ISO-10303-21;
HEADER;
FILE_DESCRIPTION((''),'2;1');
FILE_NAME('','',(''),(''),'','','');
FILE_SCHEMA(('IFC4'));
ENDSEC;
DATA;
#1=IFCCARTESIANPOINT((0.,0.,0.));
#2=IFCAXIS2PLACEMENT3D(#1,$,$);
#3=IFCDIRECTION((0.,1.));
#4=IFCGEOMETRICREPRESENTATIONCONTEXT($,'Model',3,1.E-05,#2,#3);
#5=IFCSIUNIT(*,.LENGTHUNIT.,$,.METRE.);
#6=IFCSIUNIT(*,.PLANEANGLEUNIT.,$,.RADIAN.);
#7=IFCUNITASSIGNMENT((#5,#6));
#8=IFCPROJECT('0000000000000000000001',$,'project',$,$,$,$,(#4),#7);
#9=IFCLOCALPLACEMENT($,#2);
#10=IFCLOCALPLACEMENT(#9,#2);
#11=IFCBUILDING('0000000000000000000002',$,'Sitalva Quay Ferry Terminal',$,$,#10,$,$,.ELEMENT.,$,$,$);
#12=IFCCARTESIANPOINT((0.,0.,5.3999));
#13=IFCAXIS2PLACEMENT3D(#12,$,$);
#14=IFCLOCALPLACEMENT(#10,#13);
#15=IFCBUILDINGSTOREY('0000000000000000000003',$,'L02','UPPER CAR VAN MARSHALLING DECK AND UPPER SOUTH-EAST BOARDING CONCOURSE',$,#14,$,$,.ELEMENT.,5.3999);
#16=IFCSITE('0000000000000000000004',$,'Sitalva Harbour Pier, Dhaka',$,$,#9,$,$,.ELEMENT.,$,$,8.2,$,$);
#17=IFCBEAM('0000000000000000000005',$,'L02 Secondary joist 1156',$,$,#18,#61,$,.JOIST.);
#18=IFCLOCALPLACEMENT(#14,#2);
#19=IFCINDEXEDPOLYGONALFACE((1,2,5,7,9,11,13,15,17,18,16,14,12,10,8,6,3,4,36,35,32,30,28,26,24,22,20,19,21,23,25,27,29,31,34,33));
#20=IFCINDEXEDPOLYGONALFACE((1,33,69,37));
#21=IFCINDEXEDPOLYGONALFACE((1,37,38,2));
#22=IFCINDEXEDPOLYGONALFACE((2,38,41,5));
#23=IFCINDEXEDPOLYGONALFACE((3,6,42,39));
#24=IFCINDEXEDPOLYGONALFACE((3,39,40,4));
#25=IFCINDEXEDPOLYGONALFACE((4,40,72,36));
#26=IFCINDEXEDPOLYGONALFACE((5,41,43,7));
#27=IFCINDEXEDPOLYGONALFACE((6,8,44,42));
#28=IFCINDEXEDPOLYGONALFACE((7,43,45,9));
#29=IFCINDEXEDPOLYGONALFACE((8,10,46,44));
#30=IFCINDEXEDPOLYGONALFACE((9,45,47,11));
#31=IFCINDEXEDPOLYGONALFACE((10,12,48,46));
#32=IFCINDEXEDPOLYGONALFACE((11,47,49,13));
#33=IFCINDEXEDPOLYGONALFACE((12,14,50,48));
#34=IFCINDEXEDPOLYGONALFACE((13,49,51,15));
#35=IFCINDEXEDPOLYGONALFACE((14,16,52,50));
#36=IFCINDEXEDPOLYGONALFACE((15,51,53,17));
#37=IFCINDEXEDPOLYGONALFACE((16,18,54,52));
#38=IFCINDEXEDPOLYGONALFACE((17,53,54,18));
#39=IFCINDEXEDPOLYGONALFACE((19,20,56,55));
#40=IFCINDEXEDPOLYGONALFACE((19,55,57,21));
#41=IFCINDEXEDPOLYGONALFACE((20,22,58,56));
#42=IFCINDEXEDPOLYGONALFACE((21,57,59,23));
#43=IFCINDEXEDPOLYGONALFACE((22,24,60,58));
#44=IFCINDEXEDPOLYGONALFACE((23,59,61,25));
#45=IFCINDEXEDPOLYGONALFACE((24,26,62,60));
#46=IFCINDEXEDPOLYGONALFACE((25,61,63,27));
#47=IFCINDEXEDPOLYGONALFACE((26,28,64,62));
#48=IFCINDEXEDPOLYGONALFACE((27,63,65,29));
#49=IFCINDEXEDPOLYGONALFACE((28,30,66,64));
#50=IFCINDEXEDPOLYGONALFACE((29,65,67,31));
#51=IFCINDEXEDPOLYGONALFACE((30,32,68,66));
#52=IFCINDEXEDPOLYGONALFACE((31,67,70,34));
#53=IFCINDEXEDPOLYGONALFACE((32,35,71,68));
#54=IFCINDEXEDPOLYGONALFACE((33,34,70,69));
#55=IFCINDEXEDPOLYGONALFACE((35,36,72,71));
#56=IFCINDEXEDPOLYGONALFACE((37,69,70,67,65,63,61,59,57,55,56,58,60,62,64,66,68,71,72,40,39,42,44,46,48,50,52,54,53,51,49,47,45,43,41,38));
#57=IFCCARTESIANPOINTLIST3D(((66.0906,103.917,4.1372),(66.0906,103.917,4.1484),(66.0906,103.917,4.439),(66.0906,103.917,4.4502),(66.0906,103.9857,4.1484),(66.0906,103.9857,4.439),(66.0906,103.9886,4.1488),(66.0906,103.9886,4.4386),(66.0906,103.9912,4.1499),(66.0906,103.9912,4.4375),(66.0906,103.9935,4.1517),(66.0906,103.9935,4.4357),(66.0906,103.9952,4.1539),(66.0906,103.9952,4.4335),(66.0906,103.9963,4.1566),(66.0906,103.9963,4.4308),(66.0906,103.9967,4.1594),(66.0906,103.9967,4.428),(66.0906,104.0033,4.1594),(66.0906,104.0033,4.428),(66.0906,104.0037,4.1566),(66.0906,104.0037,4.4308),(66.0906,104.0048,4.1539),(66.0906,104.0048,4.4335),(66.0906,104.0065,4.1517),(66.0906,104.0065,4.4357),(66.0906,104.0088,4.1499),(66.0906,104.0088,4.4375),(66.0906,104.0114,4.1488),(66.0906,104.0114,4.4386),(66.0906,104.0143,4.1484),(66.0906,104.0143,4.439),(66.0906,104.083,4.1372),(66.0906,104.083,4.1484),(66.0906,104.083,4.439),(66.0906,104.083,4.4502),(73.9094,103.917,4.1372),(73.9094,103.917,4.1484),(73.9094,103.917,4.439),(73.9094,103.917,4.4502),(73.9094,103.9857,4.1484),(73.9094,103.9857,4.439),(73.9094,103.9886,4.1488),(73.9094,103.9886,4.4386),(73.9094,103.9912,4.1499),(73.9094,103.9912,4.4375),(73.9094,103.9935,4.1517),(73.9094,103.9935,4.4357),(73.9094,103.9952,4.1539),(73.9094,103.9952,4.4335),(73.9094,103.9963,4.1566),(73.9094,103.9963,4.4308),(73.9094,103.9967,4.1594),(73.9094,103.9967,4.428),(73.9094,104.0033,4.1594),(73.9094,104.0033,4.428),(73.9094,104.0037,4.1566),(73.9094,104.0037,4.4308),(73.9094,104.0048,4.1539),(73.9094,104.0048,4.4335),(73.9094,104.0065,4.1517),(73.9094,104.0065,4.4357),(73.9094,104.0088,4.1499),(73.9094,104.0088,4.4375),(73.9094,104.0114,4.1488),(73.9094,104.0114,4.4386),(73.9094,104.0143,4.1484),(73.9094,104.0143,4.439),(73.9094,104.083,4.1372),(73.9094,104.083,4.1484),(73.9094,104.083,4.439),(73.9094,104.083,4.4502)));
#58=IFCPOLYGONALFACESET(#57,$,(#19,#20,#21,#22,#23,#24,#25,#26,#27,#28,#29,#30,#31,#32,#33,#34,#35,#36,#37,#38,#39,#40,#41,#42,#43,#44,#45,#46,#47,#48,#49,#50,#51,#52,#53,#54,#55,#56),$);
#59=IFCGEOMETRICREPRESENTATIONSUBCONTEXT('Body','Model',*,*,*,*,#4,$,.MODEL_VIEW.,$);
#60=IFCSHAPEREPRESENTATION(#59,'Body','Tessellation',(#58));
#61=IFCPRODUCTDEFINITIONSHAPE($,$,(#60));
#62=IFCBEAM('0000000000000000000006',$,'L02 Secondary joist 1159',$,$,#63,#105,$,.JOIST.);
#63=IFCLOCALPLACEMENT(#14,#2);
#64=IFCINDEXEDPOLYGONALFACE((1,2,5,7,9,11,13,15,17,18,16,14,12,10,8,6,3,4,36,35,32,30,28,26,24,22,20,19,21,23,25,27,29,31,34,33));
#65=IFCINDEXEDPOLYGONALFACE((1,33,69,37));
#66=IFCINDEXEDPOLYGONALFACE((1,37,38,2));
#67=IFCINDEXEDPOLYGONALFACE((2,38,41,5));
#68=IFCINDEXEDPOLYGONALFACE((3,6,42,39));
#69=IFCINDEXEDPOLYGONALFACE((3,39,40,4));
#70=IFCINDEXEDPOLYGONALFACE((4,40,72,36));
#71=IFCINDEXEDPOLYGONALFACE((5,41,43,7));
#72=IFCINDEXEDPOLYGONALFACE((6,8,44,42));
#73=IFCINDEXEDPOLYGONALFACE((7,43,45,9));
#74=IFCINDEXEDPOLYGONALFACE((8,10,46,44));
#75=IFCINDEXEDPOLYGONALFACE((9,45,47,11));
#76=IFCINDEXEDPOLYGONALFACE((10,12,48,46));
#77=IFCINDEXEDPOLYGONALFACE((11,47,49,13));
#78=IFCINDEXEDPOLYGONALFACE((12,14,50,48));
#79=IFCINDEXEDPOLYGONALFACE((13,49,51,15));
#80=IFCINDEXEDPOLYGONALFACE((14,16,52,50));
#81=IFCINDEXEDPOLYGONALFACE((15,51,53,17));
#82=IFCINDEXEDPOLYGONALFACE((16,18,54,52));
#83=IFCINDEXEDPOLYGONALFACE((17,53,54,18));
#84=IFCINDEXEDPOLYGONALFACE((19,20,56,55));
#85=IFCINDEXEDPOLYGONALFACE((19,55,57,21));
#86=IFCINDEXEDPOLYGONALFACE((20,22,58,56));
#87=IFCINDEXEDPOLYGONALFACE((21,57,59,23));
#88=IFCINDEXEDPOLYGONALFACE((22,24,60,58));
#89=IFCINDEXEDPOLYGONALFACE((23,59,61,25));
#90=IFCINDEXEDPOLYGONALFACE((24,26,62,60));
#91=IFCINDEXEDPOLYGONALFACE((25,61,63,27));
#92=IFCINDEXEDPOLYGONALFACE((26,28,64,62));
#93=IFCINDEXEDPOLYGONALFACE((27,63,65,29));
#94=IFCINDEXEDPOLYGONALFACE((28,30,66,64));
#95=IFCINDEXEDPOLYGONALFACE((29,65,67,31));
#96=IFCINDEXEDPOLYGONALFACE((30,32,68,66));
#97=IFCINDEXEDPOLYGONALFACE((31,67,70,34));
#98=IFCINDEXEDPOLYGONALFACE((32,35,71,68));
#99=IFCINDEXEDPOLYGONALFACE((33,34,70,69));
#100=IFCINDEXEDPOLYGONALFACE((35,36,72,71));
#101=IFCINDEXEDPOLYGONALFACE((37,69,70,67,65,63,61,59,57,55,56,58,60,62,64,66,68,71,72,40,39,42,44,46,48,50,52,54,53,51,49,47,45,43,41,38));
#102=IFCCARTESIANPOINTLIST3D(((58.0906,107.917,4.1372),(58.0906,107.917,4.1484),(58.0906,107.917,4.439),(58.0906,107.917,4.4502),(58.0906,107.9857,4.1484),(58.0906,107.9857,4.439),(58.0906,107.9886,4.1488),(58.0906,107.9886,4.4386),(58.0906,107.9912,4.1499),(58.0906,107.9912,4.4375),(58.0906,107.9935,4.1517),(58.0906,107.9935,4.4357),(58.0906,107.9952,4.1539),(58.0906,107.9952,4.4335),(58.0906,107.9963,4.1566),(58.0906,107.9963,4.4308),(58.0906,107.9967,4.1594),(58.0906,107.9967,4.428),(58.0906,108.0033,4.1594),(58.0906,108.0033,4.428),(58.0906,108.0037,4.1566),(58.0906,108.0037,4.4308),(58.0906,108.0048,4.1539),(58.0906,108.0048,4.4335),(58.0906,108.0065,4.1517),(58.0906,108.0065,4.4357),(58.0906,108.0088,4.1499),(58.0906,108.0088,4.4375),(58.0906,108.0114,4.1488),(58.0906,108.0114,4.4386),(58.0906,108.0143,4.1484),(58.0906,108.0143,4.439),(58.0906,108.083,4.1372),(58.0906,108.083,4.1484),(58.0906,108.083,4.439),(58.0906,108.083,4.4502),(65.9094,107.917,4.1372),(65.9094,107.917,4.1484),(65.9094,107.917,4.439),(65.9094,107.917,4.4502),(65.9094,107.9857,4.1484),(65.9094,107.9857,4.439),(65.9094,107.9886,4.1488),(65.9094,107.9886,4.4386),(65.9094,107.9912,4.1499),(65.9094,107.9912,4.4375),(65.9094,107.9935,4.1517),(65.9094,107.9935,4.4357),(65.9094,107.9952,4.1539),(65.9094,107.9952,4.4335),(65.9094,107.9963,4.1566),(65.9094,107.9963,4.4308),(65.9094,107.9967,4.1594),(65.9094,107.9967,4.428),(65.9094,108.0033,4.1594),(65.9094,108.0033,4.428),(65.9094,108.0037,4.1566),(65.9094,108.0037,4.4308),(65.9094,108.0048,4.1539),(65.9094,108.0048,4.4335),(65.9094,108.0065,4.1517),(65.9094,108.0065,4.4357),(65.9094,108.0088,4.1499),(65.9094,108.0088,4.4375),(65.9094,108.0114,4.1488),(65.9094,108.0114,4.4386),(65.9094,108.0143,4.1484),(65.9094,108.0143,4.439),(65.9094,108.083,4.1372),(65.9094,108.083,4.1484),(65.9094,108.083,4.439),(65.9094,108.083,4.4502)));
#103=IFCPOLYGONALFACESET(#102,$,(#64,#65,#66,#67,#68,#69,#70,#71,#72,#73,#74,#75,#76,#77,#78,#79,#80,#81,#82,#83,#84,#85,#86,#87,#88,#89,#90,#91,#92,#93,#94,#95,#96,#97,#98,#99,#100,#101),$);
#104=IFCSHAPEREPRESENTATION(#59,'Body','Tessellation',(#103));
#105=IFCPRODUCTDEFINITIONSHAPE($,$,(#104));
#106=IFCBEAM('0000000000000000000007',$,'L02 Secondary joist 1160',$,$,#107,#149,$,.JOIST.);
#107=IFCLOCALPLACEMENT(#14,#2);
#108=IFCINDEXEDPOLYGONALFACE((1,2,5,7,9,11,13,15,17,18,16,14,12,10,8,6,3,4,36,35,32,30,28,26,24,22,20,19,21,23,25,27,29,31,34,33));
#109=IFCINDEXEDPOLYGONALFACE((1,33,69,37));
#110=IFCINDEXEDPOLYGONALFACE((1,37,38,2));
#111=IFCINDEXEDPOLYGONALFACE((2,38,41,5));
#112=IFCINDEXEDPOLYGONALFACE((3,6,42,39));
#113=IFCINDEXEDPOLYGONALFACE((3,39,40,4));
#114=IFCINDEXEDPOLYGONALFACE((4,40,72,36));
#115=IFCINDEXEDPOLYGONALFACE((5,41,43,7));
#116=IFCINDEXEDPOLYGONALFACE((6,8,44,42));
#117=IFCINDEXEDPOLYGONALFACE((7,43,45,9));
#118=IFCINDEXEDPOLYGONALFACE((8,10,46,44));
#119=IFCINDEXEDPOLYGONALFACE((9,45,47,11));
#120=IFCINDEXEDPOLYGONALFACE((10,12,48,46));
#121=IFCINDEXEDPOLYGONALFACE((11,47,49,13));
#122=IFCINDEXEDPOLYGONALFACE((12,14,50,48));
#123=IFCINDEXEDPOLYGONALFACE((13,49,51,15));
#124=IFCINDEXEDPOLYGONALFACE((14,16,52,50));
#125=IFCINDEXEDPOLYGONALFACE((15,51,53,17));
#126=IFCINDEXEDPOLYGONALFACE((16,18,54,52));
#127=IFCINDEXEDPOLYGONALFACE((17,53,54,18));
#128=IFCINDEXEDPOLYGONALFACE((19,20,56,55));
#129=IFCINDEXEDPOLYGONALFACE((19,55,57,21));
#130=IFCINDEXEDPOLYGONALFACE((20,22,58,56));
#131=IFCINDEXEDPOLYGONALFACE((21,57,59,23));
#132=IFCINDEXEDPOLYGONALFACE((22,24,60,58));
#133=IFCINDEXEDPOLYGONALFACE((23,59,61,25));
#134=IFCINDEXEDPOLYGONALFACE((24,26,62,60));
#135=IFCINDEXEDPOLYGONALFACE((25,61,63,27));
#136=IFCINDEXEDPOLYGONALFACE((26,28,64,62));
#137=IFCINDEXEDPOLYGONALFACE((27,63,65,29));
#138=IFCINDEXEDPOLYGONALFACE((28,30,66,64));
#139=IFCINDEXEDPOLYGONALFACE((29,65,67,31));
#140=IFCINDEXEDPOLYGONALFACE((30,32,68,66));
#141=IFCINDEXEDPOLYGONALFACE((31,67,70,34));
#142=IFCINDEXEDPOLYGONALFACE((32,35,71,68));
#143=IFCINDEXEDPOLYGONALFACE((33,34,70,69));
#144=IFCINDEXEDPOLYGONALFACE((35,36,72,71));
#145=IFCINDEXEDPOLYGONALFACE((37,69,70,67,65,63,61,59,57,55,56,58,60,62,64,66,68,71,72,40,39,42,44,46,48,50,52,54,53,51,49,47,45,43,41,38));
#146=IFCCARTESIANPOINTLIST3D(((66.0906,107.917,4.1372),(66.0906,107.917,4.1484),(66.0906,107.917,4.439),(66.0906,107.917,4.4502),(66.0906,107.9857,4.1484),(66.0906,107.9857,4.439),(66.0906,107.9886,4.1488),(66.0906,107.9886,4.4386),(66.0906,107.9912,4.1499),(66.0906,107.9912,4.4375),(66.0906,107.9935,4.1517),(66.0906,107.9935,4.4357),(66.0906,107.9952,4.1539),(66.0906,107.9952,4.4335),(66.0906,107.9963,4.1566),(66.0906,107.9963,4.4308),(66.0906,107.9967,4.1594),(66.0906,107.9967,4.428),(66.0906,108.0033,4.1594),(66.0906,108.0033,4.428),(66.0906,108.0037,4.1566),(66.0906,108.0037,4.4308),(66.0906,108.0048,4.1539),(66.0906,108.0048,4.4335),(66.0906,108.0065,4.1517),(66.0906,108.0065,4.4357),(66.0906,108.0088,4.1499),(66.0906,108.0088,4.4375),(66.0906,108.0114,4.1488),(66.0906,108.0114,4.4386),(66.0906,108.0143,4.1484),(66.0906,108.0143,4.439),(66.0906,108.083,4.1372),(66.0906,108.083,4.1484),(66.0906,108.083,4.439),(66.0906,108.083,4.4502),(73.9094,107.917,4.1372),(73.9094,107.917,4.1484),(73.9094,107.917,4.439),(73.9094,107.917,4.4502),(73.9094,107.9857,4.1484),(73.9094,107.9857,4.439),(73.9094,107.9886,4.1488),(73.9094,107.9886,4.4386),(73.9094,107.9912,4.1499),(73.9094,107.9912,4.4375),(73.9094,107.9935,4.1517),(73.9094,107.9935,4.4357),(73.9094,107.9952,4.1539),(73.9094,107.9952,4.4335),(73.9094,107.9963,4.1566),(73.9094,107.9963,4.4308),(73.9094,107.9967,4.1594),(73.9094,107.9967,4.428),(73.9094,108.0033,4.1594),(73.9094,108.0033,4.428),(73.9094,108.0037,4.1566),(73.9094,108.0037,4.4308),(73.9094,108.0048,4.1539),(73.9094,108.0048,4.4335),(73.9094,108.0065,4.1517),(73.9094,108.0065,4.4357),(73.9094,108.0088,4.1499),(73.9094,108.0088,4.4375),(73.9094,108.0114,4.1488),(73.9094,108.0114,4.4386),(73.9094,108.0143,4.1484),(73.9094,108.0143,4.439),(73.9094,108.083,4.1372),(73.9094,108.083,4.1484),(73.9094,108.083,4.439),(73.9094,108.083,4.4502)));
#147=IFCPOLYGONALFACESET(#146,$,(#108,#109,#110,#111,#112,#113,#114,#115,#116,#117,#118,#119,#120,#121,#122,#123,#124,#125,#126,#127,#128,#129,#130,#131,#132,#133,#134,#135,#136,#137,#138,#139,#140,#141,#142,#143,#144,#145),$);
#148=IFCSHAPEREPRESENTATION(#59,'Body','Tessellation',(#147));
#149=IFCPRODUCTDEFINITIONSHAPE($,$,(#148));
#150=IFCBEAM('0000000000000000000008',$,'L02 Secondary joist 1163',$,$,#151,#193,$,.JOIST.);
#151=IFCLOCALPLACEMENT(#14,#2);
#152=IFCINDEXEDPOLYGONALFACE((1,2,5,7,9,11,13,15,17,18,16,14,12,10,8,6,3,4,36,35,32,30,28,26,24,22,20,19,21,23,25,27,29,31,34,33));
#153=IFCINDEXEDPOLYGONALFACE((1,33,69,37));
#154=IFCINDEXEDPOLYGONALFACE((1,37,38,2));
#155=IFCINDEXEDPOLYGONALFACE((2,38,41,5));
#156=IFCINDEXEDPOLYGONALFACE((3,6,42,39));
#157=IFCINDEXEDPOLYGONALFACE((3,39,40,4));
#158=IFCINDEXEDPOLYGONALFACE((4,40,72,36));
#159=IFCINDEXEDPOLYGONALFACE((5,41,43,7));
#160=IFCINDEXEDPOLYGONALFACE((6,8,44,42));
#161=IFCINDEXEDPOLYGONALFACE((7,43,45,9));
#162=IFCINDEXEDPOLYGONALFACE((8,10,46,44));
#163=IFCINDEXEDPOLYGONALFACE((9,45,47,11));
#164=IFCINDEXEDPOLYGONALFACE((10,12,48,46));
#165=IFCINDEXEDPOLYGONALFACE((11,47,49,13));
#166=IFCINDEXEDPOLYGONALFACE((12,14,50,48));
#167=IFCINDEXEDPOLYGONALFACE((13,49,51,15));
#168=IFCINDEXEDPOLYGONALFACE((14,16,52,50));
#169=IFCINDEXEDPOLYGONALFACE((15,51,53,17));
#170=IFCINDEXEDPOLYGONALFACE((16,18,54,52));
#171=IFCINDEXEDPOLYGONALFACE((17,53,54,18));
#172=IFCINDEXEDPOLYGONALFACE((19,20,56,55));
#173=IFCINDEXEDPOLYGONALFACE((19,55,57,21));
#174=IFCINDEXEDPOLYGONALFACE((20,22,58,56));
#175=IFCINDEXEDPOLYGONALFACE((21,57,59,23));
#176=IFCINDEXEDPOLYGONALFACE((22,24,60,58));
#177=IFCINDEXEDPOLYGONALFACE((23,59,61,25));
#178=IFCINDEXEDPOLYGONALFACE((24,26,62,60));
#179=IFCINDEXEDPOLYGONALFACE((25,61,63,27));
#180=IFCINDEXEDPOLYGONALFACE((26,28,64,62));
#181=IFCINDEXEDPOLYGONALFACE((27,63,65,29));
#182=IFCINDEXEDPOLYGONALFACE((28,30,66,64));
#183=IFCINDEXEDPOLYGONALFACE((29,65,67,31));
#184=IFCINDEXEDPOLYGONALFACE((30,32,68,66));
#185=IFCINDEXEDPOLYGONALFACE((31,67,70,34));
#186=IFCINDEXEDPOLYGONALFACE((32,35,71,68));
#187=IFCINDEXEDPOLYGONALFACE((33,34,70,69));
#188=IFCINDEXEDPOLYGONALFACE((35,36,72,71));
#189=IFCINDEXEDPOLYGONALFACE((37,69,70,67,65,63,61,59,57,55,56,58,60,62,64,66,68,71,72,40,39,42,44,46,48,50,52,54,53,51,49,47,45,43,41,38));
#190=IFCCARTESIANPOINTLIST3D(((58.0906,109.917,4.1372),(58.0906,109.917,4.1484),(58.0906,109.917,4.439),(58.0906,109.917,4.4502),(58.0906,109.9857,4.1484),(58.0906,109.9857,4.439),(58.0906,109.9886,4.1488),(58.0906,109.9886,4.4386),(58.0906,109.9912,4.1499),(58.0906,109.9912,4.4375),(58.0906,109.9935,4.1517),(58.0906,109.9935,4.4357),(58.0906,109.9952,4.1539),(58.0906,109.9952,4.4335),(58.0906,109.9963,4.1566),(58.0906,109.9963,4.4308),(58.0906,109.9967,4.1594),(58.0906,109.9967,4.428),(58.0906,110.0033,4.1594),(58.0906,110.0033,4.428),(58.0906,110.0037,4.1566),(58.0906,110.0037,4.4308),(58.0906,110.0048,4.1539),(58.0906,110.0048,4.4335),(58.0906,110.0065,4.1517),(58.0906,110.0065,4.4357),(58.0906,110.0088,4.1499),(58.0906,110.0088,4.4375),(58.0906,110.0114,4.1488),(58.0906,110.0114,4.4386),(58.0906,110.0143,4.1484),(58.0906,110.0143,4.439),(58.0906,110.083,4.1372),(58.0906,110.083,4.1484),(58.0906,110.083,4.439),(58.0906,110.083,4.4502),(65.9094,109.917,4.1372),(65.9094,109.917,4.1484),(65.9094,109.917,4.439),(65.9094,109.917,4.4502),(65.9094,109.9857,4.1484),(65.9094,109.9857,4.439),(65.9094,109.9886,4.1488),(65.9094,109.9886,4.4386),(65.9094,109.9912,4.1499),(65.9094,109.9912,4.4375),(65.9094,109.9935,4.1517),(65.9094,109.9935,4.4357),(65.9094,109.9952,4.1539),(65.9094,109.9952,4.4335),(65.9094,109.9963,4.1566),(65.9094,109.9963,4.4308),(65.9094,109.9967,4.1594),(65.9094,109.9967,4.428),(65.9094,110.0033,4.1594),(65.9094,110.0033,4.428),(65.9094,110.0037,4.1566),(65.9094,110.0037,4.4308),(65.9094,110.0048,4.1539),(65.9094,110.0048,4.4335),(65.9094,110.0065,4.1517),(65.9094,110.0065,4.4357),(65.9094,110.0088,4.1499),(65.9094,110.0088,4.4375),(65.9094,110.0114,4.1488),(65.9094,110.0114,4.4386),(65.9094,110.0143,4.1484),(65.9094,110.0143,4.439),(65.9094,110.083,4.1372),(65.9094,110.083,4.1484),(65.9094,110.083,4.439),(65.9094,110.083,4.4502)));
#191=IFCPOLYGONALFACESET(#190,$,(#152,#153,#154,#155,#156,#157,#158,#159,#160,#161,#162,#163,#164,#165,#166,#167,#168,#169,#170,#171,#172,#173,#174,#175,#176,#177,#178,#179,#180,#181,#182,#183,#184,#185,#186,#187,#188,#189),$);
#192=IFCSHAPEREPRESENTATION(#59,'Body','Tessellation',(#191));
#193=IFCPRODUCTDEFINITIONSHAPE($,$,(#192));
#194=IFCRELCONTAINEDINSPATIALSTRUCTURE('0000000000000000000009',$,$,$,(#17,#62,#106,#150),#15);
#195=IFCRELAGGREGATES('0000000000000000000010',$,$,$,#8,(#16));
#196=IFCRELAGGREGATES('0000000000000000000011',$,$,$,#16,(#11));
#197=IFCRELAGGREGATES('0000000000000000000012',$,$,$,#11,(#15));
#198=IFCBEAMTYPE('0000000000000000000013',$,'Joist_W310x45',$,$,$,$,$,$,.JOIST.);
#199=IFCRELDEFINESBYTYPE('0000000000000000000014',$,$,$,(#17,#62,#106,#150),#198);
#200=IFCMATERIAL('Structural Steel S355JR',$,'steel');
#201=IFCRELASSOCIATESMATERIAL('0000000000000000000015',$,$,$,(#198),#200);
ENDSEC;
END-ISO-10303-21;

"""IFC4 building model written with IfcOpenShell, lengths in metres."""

from ifc_helpers import new_model, si_unit, direction, frame, origin, origin_2d, place, context, subcontext, project, spatial, i_section, extrude, material, material_profile, profile_set, type_object, element, save


model = new_model("IFC4")

# Units and contexts
model_context = context("Model", 3, precision=1e-05, world=origin(), true_north=direction((0.0, 1.0)))
body_context = subcontext(model_context, "Body", "Model", "MODEL_VIEW")
ifc_project = project(units=[si_unit("LENGTHUNIT", "METRE"), si_unit("PLANEANGLEUNIT", "RADIAN")], contexts=[model_context])

# Site, building, storey
site_placement = place(None, origin())
site = spatial("IfcSite", under=ifc_project, at=site_placement, Name="Sitalva Harbour Pier, Dhaka", CompositionType="ELEMENT", RefElevation=8.2)
building_placement = place(site_placement, origin())
building = spatial("IfcBuilding", under=site, at=building_placement, Name="Sitalva Quay Ferry Terminal", CompositionType="ELEMENT")
storey_placement = place(building_placement, frame((0.0, 0.0, 5.3999)))
storey = spatial("IfcBuildingStorey", under=building, at=storey_placement, Name="L02", Description="UPPER CAR VAN MARSHALLING DECK AND UPPER SOUTH-EAST BOARDING CONCOURSE", CompositionType="ELEMENT", Elevation=5.3999)

# Beams
ifc_material_1 = material(Name="Structural Steel S355JR", Category="steel")
ifc_material_profile_1 = material_profile(ifc_material_1, i_section(OverallWidth=0.166, OverallDepth=0.313, WebThickness=0.0066, FlangeThickness=0.0112, FilletRadius=0.011, at=origin_2d()), Name="W310x45")
ifc_profile_set_1 = profile_set([ifc_material_profile_1], Name="Structural Steel S355JR")
beam_type_1 = type_object("IfcBeamType", Name="Joist_W310x45", PredefinedType="JOIST", material=ifc_profile_set_1)
for number, where, z_axis, x_axis, name in (
    (1, (66.0906, 104.0, 4.2937), (1.0, 0.0, 0.0), (0.0, 1.0, 0.0), "L02 Secondary joist 1156"),
    (2, (58.0906, 108.0, 4.2937), (1.0, 0.0, 0.0), (0.0, 1.0, 0.0), "L02 Secondary joist 1159"),
    (3, (66.0906, 108.0, 4.2937), (1.0, 0.0, 0.0), (0.0, 1.0, 0.0), "L02 Secondary joist 1160"),
    (4, (58.0906, 110.0, 4.2937), (1.0, 0.0, 0.0), (0.0, 1.0, 0.0), "L02 Secondary joist 1163"),
):
    element("IfcBeam", number, at=place(storey_placement, frame(where, z_axis=z_axis, x_axis=x_axis)), inside=storey, type_object=beam_type_1, Name=name, PredefinedType="JOIST", context=body_context, shape_type="SweptSolid", body=[
        extrude(i_section(OverallWidth=0.166, OverallDepth=0.313, WebThickness=0.0066, FlangeThickness=0.0112, FilletRadius=0.011, at=origin_2d()), origin(), (0.0, 0.0, 1.0), 7.8188),
    ])

save(model, "model.ifc")
